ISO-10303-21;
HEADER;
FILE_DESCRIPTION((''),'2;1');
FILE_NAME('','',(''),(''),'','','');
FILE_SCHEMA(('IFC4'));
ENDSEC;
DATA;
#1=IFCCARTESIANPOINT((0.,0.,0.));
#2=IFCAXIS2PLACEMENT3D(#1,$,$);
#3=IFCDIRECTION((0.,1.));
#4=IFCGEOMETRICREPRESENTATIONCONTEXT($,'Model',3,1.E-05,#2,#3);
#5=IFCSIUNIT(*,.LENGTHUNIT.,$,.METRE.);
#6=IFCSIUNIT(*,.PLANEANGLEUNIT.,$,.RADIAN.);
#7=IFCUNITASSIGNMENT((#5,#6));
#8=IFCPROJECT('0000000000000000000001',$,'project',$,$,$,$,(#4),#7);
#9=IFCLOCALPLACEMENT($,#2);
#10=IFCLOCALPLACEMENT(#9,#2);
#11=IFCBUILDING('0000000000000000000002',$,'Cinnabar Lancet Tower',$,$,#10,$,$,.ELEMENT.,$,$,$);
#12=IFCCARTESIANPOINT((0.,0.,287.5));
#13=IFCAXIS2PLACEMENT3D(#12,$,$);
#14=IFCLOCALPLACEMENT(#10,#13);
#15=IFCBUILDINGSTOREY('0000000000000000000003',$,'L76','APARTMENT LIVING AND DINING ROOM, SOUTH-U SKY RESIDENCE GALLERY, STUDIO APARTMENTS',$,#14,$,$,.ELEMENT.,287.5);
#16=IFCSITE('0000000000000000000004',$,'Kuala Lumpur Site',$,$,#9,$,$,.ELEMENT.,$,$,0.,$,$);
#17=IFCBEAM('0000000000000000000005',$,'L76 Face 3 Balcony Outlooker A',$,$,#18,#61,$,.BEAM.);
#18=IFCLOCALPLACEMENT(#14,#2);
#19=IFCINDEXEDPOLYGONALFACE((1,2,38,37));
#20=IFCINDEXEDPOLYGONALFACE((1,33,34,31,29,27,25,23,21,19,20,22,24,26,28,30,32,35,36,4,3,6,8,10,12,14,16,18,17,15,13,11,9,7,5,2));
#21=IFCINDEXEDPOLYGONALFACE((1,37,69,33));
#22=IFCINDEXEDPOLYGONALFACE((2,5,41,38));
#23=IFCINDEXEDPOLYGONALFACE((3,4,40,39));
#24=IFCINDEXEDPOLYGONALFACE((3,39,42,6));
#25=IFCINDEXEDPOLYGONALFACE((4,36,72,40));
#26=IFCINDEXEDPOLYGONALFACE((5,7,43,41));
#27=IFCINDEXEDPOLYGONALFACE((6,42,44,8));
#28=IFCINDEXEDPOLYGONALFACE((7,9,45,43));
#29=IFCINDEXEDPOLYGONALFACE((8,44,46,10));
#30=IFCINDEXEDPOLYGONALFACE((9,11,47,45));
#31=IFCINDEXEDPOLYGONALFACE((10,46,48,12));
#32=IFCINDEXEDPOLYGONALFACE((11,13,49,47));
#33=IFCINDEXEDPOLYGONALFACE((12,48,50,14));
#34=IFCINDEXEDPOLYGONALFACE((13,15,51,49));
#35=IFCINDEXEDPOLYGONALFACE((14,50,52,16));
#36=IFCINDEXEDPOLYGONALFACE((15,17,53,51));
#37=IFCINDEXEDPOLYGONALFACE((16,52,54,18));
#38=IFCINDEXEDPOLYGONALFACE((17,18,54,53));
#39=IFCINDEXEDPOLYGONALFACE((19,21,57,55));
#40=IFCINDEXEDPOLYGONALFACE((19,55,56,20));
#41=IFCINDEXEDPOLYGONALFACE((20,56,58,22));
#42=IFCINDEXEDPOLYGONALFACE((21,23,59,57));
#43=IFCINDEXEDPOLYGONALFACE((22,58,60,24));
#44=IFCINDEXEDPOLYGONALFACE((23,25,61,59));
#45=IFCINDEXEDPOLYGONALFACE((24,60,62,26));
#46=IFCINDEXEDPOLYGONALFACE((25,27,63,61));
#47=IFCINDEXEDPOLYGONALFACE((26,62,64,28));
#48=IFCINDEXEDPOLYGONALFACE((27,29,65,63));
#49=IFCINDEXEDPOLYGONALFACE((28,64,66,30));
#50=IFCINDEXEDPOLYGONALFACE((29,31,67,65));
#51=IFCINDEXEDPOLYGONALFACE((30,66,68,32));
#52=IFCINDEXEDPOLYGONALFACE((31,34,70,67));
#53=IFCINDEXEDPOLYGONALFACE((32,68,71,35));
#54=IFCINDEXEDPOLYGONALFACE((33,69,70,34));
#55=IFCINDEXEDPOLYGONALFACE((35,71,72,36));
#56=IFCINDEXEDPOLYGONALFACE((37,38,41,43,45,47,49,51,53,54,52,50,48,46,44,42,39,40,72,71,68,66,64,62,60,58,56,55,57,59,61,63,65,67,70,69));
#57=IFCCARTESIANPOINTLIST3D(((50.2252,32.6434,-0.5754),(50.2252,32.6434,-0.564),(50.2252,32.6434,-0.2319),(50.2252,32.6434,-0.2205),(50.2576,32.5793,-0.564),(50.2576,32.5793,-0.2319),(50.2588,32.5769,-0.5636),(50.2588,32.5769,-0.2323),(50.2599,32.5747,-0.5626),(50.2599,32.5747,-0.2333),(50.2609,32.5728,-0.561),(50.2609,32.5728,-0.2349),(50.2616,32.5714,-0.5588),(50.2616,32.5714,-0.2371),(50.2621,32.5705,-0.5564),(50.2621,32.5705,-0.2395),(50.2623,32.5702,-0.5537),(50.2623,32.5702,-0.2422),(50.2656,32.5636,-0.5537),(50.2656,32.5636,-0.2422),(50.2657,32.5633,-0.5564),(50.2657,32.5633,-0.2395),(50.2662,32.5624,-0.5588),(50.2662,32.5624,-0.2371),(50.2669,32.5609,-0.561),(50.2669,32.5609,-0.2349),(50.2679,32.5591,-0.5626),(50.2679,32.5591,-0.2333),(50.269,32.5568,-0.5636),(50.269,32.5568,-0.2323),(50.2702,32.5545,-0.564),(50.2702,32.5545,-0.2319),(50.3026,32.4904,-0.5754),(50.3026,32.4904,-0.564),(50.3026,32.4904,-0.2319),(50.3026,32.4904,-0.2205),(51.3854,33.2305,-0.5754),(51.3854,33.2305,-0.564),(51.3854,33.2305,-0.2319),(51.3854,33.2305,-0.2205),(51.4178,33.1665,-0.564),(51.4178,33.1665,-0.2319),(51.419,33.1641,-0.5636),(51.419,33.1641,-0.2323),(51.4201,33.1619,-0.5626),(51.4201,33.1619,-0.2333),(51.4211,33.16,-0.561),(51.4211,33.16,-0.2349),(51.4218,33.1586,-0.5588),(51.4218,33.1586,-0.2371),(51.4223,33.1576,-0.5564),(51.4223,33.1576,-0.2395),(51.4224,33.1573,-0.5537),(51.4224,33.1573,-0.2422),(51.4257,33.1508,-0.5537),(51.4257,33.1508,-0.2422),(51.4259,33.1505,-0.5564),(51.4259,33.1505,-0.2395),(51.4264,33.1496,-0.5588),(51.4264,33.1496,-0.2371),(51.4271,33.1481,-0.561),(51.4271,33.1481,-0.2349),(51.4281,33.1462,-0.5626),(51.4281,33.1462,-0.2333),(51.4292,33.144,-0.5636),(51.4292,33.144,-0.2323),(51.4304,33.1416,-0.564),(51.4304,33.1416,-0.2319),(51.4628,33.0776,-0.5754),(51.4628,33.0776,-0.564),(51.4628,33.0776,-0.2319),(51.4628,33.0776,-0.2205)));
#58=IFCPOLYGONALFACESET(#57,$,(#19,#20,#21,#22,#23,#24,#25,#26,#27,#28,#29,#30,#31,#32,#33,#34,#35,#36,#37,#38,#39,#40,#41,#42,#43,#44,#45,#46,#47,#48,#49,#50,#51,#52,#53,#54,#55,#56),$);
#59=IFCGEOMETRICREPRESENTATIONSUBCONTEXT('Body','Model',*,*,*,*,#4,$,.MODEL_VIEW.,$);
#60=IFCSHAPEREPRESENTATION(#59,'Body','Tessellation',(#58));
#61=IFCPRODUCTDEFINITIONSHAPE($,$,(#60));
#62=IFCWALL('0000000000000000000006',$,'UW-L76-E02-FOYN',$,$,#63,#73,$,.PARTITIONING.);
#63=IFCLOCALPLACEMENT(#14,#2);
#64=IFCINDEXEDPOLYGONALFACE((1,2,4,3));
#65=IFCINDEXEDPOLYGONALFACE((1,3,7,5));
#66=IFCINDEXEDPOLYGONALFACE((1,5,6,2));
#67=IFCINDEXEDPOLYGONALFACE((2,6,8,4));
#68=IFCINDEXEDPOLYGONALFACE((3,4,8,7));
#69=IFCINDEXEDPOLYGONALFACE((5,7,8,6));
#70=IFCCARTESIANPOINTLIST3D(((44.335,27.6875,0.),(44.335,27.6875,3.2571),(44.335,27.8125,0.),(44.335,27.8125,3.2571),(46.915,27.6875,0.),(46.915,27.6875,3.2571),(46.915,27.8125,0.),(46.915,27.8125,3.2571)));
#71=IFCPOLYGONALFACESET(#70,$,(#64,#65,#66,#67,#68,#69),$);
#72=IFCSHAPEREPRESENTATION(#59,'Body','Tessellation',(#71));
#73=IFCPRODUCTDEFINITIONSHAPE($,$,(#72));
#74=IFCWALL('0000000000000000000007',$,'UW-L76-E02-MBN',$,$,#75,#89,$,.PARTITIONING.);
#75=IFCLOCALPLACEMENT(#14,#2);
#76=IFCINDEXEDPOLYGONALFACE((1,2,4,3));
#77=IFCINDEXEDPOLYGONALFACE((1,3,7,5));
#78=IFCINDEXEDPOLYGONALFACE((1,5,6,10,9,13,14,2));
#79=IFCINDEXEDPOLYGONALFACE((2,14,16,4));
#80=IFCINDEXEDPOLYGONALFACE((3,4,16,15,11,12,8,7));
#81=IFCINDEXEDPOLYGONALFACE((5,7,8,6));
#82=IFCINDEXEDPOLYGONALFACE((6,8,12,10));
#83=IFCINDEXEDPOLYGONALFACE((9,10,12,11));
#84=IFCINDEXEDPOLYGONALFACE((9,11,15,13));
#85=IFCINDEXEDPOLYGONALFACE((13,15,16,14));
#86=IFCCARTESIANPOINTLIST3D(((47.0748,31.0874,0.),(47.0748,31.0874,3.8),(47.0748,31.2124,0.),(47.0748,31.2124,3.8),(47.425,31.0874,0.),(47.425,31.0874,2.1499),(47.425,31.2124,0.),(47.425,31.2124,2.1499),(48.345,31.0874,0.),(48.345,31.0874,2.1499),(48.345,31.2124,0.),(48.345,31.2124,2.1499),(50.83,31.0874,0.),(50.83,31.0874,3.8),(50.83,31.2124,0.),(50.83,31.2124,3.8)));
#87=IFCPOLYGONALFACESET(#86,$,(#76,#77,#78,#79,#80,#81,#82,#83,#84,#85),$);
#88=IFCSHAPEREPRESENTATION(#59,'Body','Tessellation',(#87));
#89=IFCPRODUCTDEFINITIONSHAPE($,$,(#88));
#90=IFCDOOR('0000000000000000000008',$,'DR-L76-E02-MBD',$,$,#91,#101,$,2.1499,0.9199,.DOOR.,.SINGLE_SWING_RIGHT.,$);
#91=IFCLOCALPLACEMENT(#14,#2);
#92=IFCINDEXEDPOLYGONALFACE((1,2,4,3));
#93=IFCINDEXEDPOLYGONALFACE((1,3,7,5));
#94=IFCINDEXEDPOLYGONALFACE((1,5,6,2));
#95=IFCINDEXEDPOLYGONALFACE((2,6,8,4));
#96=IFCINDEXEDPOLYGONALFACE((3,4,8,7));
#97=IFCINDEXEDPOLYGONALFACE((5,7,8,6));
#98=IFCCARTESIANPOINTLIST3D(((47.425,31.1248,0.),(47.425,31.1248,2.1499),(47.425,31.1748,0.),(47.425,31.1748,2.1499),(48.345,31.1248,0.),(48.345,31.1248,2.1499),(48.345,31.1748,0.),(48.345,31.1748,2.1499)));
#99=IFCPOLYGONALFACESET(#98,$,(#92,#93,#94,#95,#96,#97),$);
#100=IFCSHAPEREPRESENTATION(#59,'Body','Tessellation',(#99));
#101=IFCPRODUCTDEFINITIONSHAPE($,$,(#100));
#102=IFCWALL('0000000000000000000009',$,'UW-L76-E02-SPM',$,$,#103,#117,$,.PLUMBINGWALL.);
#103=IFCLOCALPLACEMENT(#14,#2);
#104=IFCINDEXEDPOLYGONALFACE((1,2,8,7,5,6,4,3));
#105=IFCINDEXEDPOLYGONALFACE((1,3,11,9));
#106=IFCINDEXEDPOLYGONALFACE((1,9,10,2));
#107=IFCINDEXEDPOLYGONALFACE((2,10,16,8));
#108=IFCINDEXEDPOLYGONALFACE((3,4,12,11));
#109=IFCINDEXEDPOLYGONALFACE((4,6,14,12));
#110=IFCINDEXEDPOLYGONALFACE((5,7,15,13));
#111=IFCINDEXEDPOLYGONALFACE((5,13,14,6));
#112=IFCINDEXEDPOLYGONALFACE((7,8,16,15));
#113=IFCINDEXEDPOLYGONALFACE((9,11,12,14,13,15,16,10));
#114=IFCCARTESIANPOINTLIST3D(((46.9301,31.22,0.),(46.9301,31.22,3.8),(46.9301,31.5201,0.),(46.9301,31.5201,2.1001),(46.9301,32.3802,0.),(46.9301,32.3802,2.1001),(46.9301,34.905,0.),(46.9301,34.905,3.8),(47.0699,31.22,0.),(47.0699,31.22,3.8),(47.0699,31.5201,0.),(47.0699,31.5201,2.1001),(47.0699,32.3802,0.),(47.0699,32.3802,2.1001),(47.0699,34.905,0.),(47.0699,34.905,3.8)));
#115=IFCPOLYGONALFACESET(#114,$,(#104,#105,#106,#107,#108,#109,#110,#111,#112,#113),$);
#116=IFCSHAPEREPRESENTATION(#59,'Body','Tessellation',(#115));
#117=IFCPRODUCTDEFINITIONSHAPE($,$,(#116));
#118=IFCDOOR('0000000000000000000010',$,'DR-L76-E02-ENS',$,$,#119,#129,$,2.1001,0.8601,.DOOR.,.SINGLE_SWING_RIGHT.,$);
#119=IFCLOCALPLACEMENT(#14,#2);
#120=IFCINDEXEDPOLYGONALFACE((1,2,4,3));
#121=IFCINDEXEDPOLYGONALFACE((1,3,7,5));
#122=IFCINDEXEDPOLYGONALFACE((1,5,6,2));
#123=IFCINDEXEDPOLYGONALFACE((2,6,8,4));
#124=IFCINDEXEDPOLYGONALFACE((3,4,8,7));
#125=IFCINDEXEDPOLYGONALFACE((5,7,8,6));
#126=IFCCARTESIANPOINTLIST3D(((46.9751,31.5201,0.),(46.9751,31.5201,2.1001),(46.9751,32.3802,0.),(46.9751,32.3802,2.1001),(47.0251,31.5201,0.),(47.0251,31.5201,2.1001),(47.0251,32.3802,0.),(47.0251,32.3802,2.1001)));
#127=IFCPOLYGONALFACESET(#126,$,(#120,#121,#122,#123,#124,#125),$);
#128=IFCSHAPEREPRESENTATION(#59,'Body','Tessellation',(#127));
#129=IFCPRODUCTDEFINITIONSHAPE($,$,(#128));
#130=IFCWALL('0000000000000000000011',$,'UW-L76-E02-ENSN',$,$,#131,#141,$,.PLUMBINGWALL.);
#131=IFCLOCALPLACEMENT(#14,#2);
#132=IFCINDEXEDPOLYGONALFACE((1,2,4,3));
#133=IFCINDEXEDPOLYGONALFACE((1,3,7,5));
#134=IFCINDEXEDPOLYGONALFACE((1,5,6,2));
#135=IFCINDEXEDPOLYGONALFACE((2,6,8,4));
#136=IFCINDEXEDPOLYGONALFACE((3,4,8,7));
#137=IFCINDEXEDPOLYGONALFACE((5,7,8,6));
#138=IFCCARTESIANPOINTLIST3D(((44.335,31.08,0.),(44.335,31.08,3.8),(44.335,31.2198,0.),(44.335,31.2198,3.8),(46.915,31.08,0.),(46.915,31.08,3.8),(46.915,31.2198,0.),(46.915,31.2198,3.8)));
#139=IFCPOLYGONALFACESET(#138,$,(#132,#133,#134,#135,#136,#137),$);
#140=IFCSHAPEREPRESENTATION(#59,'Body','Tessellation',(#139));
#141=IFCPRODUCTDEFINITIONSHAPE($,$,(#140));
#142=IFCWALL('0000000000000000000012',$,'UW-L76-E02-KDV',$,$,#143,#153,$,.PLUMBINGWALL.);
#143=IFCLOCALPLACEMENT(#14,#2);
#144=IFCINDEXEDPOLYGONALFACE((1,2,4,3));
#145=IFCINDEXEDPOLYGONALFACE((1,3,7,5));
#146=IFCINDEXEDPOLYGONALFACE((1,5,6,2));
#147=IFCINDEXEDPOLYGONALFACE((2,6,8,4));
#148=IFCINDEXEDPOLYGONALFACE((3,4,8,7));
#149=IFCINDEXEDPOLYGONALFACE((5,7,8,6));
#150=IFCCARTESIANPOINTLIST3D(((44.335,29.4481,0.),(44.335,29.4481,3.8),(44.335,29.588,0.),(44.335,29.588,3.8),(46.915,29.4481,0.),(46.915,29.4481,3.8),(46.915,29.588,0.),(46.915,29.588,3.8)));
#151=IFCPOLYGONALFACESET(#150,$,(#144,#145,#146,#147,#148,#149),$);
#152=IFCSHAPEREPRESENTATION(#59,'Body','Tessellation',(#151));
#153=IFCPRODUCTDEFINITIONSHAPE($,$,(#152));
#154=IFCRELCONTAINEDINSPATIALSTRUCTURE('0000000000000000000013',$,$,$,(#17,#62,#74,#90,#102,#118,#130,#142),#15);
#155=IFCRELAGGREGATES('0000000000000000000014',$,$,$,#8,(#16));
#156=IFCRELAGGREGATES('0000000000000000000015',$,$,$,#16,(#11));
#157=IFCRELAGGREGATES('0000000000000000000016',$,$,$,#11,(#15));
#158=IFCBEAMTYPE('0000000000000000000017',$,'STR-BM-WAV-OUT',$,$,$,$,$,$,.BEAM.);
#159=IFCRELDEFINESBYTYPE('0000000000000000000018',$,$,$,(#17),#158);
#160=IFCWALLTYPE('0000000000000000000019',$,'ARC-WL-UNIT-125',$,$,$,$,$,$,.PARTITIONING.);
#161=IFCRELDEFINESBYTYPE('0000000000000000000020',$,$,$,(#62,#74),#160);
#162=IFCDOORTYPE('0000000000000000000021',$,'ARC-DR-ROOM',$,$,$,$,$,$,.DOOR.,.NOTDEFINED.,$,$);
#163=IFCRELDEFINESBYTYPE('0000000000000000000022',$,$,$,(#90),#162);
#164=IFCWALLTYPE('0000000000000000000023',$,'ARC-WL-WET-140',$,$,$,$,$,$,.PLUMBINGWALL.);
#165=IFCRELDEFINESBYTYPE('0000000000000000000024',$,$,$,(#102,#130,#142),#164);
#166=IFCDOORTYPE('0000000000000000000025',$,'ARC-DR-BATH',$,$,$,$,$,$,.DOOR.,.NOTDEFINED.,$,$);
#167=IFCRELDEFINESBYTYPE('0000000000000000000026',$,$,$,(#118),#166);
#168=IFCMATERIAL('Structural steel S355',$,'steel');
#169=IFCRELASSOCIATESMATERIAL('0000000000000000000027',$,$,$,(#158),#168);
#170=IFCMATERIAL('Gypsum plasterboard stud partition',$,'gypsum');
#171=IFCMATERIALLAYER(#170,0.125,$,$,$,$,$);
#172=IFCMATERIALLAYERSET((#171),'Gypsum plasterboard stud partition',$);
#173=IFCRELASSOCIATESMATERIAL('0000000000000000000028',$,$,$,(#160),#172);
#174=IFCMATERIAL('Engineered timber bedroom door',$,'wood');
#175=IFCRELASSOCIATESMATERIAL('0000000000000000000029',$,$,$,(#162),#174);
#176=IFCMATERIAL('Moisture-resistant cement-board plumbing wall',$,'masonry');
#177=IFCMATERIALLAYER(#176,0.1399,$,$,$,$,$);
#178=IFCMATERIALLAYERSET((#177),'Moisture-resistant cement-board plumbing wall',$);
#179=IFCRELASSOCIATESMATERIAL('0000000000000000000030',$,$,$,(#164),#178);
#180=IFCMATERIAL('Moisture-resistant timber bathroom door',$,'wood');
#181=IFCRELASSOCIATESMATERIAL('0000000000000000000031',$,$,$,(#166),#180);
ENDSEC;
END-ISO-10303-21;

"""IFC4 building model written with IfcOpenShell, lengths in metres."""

from ifc_helpers import new_model, si_unit, direction, frame, frame_2d, origin, origin_2d, place, context, subcontext, project, spatial, rectangle, i_section, extrude, material, layer, layer_set, material_profile, profile_set, type_object, element, fill, save


model = new_model("IFC4")

# Units and contexts
model_context = context("Model", 3, precision=1e-05, world=origin(), true_north=direction((0.0, 1.0)))
body_context = subcontext(model_context, "Body", "Model", "MODEL_VIEW")
ifc_project = project(units=[si_unit("LENGTHUNIT", "METRE"), si_unit("PLANEANGLEUNIT", "RADIAN")], contexts=[model_context])

# Site, building, storey
site_placement = place(None, origin())
site = spatial("IfcSite", under=ifc_project, at=site_placement, Name="Kuala Lumpur Site", CompositionType="ELEMENT", RefElevation=0.0)
building_placement = place(site_placement, origin())
building = spatial("IfcBuilding", under=site, at=building_placement, Name="Cinnabar Lancet Tower", CompositionType="ELEMENT")
storey_placement = place(building_placement, frame((0.0, 0.0, 287.5)))
storey = spatial("IfcBuildingStorey", under=building, at=storey_placement, Name="L76", Description="APARTMENT LIVING AND DINING ROOM, SOUTH-U SKY RESIDENCE GALLERY, STUDIO APARTMENTS", CompositionType="ELEMENT", Elevation=287.5)

# Beam
ifc_material_1 = material(Name="Structural steel S355", Category="steel")
ifc_material_profile_1 = material_profile(ifc_material_1, i_section(OverallWidth=0.1714, OverallDepth=0.355, WebThickness=0.0073, FlangeThickness=0.0115, FilletRadius=0.0103, at=origin_2d()), Name="UKB 356x171x51")
ifc_profile_set_1 = profile_set([ifc_material_profile_1], Name="Structural steel S355")
beam_type_1 = type_object("IfcBeamType", Name="STR-BM-WAV-OUT", PredefinedType="BEAM", material=ifc_profile_set_1)
beam_1_placement = place(storey_placement, frame((50.2639, 32.5669, -0.3979), z_axis=(0.892239, 0.451564, 0.0), x_axis=(-0.451564, 0.892239, 0.0)))
element("IfcBeam", 1, at=beam_1_placement, inside=storey, type_object=beam_type_1, Name="L76 Face 3 Balcony Outlooker A", PredefinedType="BEAM", context=body_context, shape_type="SweptSolid", body=[
    extrude(i_section(OverallWidth=0.1714, OverallDepth=0.355, WebThickness=0.0073, FlangeThickness=0.0115, FilletRadius=0.0103, at=origin_2d()), origin(), (0.0, 0.0, 1.0), 1.3003),
])

# Wall
ifc_material_2 = material(Name="Gypsum plasterboard stud partition", Category="gypsum")
ifc_layer_1 = layer(ifc_material_2, 0.125)
ifc_layer_set_1 = layer_set([ifc_layer_1], Name="Gypsum plasterboard stud partition")
wall_type_1 = type_object("IfcWallType", Name="ARC-WL-UNIT-125", PredefinedType="PARTITIONING", material=ifc_layer_set_1)
wall_1_placement = place(storey_placement, frame((44.335, 27.75, 0.0), z_axis=(0.0, 0.0, 1.0), x_axis=(1.0, 0.0, 0.0)))
element("IfcWall", 2, at=wall_1_placement, inside=storey, type_object=wall_type_1, Name="UW-L76-E02-FOYN", PredefinedType="PARTITIONING", context=body_context, shape_type="SweptSolid", body=[
    extrude(rectangle(XDim=2.5801, YDim=0.125, at=frame_2d((1.29, 0.0))), origin(), (0.0, 0.0, 1.0), 3.2571),
])

# Wall, opening, door
wall_2_placement = place(storey_placement, frame((47.075, 31.1499, 0.0), z_axis=(0.0, 0.0, 1.0), x_axis=(1.0, 0.0, 0.0)))
wall_2 = element("IfcWall", 3, at=wall_2_placement, inside=storey, type_object=wall_type_1, Name="UW-L76-E02-MBN", PredefinedType="PARTITIONING", context=body_context, shape_type="SweptSolid", body=[
    extrude(rectangle(XDim=3.7551, YDim=0.125, at=frame_2d((1.8774, 0.0))), origin(), (0.0, 0.0, 1.0), 3.8),
])
opening_1_placement = place(wall_2_placement, frame((0.3501, 0.0, 0.0)))
opening_1 = element("IfcOpeningElement", 4, at=opening_1_placement, cuts=wall_2, PredefinedType="OPENING", context=body_context, shape_type="SweptSolid", body=[
    extrude(rectangle(XDim=0.9199, YDim=2.1499, at=frame_2d((0.46, 1.075))), frame((0.0, 0.0725, 0.0), z_axis=(0.0, -1.0, 0.0), x_axis=(1.0, 0.0, 0.0)), (0.0, 0.0, 1.0), 0.145),
])
ifc_material_3 = material(Name="Engineered timber bedroom door", Category="wood")
door_type_1 = type_object("IfcDoorType", Name="ARC-DR-ROOM", OperationType="NOTDEFINED", PredefinedType="DOOR", material=ifc_material_3)
door_1_placement = place(opening_1_placement, origin())
door_1 = element("IfcDoor", 5, at=door_1_placement, inside=storey, type_object=door_type_1, Name="DR-L76-E02-MBD", OperationType="SINGLE_SWING_RIGHT", OverallHeight=2.1499, OverallWidth=0.9199, PredefinedType="DOOR", context=body_context, shape_type="SweptSolid", body=[
    extrude(rectangle(XDim=0.9199, YDim=2.1499, at=frame_2d((0.46, 1.075))), frame((0.0, 0.0249, 0.0), z_axis=(0.0, -1.0, 0.0), x_axis=(1.0, 0.0, 0.0)), (0.0, 0.0, 1.0), 0.05),
])
fill(opening_1, door_1)

# Shared definitions
ifc_material_4 = material(Name="Moisture-resistant cement-board plumbing wall", Category="masonry")
ifc_layer_2 = layer(ifc_material_4, 0.1399)
ifc_layer_set_2 = layer_set([ifc_layer_2], Name="Moisture-resistant cement-board plumbing wall")
wall_type_2 = type_object("IfcWallType", Name="ARC-WL-WET-140", PredefinedType="PLUMBINGWALL", material=ifc_layer_set_2)
ifc_material_5 = material(Name="Moisture-resistant timber bathroom door", Category="wood")
door_type_2 = type_object("IfcDoorType", Name="ARC-DR-BATH", OperationType="NOTDEFINED", PredefinedType="DOOR", material=ifc_material_5)

# Wall, opening, door
wall_3_placement = place(storey_placement, frame((47.0, 31.22, 0.0), z_axis=(0.0, 0.0, 1.0), x_axis=(0.0, 1.0, 0.0)))
wall_3 = element("IfcWall", 6, at=wall_3_placement, inside=storey, type_object=wall_type_2, Name="UW-L76-E02-SPM", PredefinedType="PLUMBINGWALL", context=body_context, shape_type="SweptSolid", body=[
    extrude(rectangle(XDim=3.6851, YDim=0.1399, at=frame_2d((1.8425, 0.0))), origin(), (0.0, 0.0, 1.0), 3.8),
])
opening_2_placement = place(wall_3_placement, frame((0.3, 0.0, 0.0)))
opening_2 = element("IfcOpeningElement", 7, at=opening_2_placement, cuts=wall_3, PredefinedType="OPENING", context=body_context, shape_type="SweptSolid", body=[
    extrude(rectangle(XDim=0.8601, YDim=2.1001, at=frame_2d((0.4302, 1.05))), frame((0.0, 0.0798, 0.0), z_axis=(0.0, -1.0, 0.0), x_axis=(1.0, 0.0, 0.0)), (0.0, 0.0, 1.0), 0.1599),
])
door_2_placement = place(opening_2_placement, origin())
door_2 = element("IfcDoor", 8, at=door_2_placement, inside=storey, type_object=door_type_2, Name="DR-L76-E02-ENS", OperationType="SINGLE_SWING_RIGHT", OverallHeight=2.1001, OverallWidth=0.8601, PredefinedType="DOOR", context=body_context, shape_type="SweptSolid", body=[
    extrude(rectangle(XDim=0.8601, YDim=2.1001, at=frame_2d((0.4302, 1.05))), frame((0.0, 0.0249, 0.0), z_axis=(0.0, -1.0, 0.0), x_axis=(1.0, 0.0, 0.0)), (0.0, 0.0, 1.0), 0.05),
])
fill(opening_2, door_2)

# Walls
for number, where, z_axis, x_axis, name in (
    (9, (44.335, 31.1499, 0.0), (0.0, 0.0, 1.0), (1.0, 0.0, 0.0), "UW-L76-E02-ENSN"),
    (10, (44.335, 29.5181, 0.0), (0.0, 0.0, 1.0), (1.0, 0.0, 0.0), "UW-L76-E02-KDV"),
):
    element("IfcWall", number, at=place(storey_placement, frame(where, z_axis=z_axis, x_axis=x_axis)), inside=storey, type_object=wall_type_2, Name=name, PredefinedType="PLUMBINGWALL", context=body_context, shape_type="SweptSolid", body=[
        extrude(rectangle(XDim=2.5801, YDim=0.1399, at=frame_2d((1.29, 0.0))), origin(), (0.0, 0.0, 1.0), 3.8),
    ])

save(model, "model.ifc")
